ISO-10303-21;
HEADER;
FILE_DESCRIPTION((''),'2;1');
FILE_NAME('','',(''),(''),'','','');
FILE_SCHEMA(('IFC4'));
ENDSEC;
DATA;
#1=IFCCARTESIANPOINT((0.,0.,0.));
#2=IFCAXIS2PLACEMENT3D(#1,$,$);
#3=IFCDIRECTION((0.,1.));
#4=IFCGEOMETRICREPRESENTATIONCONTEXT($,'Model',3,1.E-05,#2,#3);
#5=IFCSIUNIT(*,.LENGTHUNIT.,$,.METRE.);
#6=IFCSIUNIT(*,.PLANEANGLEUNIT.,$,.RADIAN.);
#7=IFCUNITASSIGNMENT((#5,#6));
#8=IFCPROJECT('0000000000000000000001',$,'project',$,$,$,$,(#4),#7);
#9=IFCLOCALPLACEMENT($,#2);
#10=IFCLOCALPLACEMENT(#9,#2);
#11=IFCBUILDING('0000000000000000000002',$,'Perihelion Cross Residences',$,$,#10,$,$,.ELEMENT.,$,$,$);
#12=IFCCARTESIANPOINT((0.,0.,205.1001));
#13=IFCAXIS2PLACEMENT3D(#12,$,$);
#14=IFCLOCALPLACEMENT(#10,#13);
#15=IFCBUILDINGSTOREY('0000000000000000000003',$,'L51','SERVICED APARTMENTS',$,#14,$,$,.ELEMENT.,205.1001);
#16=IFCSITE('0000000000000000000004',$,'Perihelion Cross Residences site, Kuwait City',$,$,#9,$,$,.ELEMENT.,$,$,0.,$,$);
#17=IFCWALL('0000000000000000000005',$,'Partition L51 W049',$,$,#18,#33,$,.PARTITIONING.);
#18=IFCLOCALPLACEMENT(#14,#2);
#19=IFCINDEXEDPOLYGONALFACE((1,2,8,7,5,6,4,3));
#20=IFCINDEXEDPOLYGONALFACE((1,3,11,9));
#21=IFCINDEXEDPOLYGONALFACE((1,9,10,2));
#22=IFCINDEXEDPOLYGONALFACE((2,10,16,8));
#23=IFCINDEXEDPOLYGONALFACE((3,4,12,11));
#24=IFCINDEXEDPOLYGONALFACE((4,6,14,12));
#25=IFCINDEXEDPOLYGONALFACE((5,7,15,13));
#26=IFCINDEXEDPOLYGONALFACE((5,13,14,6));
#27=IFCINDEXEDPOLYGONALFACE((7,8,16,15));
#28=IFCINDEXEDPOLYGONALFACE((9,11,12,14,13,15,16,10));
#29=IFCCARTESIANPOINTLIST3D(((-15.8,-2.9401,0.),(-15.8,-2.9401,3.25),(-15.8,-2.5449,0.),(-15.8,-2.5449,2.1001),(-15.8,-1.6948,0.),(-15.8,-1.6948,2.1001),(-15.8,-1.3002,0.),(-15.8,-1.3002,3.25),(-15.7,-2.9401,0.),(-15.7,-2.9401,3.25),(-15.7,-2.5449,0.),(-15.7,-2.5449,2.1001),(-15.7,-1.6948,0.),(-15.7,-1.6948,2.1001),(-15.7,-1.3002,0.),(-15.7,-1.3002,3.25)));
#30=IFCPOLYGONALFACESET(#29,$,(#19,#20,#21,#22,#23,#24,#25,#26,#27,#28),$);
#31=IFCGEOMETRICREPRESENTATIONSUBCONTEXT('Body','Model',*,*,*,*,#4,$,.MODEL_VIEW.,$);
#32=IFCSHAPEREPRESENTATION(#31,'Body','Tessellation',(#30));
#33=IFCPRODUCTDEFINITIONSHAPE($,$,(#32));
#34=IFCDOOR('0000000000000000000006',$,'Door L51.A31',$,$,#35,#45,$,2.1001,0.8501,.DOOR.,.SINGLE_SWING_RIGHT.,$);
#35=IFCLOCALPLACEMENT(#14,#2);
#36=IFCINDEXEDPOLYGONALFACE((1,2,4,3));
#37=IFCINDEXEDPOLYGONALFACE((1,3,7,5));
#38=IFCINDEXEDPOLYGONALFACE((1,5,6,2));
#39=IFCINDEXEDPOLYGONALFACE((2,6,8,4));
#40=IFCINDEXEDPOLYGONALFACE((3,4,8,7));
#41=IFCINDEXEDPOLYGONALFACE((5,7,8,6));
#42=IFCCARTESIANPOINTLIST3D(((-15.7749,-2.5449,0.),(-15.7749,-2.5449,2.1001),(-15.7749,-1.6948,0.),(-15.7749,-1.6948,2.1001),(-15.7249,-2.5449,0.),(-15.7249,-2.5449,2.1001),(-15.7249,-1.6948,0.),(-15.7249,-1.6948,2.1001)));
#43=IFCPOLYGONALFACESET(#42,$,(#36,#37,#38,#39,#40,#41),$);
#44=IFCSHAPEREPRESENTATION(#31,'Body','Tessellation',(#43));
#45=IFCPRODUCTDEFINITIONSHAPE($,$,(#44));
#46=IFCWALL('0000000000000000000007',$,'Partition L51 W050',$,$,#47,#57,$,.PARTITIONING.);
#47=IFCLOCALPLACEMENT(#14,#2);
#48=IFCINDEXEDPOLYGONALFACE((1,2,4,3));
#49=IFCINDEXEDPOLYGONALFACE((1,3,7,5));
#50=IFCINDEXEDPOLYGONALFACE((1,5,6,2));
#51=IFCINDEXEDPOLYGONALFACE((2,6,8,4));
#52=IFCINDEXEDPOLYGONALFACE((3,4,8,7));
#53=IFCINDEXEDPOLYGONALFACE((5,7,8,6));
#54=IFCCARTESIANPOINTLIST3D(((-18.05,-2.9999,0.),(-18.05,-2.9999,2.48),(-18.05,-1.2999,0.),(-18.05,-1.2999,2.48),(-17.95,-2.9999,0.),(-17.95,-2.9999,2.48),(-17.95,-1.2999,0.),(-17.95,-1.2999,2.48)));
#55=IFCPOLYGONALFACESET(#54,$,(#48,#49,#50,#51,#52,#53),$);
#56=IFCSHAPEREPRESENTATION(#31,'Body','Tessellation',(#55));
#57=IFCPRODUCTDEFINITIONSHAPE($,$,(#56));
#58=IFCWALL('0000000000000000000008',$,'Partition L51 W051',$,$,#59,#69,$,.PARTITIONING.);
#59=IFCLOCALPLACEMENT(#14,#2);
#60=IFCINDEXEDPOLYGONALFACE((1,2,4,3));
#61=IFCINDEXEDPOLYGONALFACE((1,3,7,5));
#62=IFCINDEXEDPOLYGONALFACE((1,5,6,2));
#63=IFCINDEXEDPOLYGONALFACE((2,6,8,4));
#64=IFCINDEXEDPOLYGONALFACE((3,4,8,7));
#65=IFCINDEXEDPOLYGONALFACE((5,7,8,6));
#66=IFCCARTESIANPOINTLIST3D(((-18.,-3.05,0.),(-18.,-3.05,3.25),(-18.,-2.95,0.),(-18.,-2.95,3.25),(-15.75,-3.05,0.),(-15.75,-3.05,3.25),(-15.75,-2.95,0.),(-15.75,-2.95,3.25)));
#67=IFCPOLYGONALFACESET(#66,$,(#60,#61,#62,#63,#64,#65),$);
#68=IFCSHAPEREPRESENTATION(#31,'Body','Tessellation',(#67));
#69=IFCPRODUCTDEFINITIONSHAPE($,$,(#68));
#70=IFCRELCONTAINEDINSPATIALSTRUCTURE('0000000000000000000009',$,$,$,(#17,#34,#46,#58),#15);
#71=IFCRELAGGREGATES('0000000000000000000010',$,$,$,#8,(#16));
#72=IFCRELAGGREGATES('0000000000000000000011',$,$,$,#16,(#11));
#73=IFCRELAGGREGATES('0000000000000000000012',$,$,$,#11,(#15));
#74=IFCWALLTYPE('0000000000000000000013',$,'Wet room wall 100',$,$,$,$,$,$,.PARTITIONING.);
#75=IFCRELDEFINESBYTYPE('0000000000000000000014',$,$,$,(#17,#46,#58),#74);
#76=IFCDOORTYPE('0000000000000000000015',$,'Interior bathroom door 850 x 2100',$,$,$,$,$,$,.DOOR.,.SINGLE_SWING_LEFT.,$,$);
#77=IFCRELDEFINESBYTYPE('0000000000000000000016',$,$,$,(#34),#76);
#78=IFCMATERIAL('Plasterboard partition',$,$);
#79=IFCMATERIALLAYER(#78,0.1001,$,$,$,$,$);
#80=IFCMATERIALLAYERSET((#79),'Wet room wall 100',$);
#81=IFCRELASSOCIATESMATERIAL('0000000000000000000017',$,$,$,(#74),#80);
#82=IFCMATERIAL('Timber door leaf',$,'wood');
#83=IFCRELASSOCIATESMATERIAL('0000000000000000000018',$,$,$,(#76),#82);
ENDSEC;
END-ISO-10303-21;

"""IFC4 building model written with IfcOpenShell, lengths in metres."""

from ifc_helpers import new_model, si_unit, direction, frame, frame_2d, origin, place, context, subcontext, project, spatial, rectangle, extrude, material, layer, layer_set, type_object, element, fill, save


model = new_model("IFC4")

# Units and contexts
model_context = context("Model", 3, precision=1e-05, world=origin(), true_north=direction((0.0, 1.0)))
body_context = subcontext(model_context, "Body", "Model", "MODEL_VIEW")
ifc_project = project(units=[si_unit("LENGTHUNIT", "METRE"), si_unit("PLANEANGLEUNIT", "RADIAN")], contexts=[model_context])

# Site, building, storey
site_placement = place(None, origin())
site = spatial("IfcSite", under=ifc_project, at=site_placement, Name="Perihelion Cross Residences site, Kuwait City", CompositionType="ELEMENT", RefElevation=0.0)
building_placement = place(site_placement, origin())
building = spatial("IfcBuilding", under=site, at=building_placement, Name="Perihelion Cross Residences", CompositionType="ELEMENT")
storey_placement = place(building_placement, frame((0.0, 0.0, 205.1001)))
storey = spatial("IfcBuildingStorey", under=building, at=storey_placement, Name="L51", Description="SERVICED APARTMENTS", CompositionType="ELEMENT", Elevation=205.1001)

# Shared definitions
ifc_material_1 = material(Name="Plasterboard partition")
ifc_layer_1 = layer(ifc_material_1, 0.1001)
ifc_layer_set_1 = layer_set([ifc_layer_1], Name="Wet room wall 100")
wall_type_1 = type_object("IfcWallType", Name="Wet room wall 100", PredefinedType="PARTITIONING", material=ifc_layer_set_1)

# Wall, opening, door
wall_1_placement = place(storey_placement, frame((-15.75, -2.9399, 0.0), z_axis=(0.0, 0.0, 1.0), x_axis=(0.0, 1.0, 0.0)))
wall_1 = element("IfcWall", 1, at=wall_1_placement, inside=storey, type_object=wall_type_1, Name="Partition L51 W049", PredefinedType="PARTITIONING", context=body_context, shape_type="SweptSolid", body=[
    extrude(rectangle(XDim=1.6399, YDim=0.1001, at=frame_2d((0.8198, 0.0))), origin(), (0.0, 0.0, 1.0), 3.25),
])
opening_1_placement = place(wall_1_placement, frame((0.395, 0.0, 0.0)))
opening_1 = element("IfcOpeningElement", 2, at=opening_1_placement, cuts=wall_1, PredefinedType="OPENING", context=body_context, shape_type="SweptSolid", body=[
    extrude(rectangle(XDim=0.8501, YDim=2.1001, at=frame_2d((0.425, 1.05))), frame((0.0, 0.0601, 0.0), z_axis=(0.0, -1.0, 0.0), x_axis=(1.0, 0.0, 0.0)), (0.0, 0.0, 1.0), 0.1201),
])
ifc_material_2 = material(Name="Timber door leaf", Category="wood")
door_type_1 = type_object("IfcDoorType", Name="Interior bathroom door 850 x 2100", OperationType="SINGLE_SWING_LEFT", PredefinedType="DOOR", material=ifc_material_2)
door_1_placement = place(opening_1_placement, origin())
door_1 = element("IfcDoor", 3, at=door_1_placement, inside=storey, type_object=door_type_1, Name="Door L51.A31", OperationType="SINGLE_SWING_RIGHT", OverallHeight=2.1001, OverallWidth=0.8501, PredefinedType="DOOR", context=body_context, shape_type="SweptSolid", body=[
    extrude(rectangle(XDim=0.8501, YDim=2.1001, at=frame_2d((0.425, 1.05))), frame((0.0, 0.0249, 0.0), z_axis=(0.0, -1.0, 0.0), x_axis=(1.0, 0.0, 0.0)), (0.0, 0.0, 1.0), 0.05),
])
fill(opening_1, door_1)

# Walls
wall_2_placement = place(storey_placement, frame((-18.0, -3.0, 0.0), z_axis=(0.0, 0.0, 1.0), x_axis=(0.0, 1.0, 0.0)))
element("IfcWall", 4, at=wall_2_placement, inside=storey, type_object=wall_type_1, Name="Partition L51 W050", PredefinedType="PARTITIONING", context=body_context, shape_type="SweptSolid", body=[
    extrude(rectangle(XDim=1.7, YDim=0.1001, at=frame_2d((0.8501, 0.0))), origin(), (0.0, 0.0, 1.0), 2.48),
])
wall_3_placement = place(storey_placement, frame((-15.75, -3.0, 0.0), z_axis=(0.0, 0.0, 1.0), x_axis=(-1.0, 0.0, 0.0)))
element("IfcWall", 5, at=wall_3_placement, inside=storey, type_object=wall_type_1, Name="Partition L51 W051", PredefinedType="PARTITIONING", context=body_context, shape_type="SweptSolid", body=[
    extrude(rectangle(XDim=2.25, YDim=0.1001, at=frame_2d((1.125, 0.0))), origin(), (0.0, 0.0, 1.0), 3.25),
])

save(model, "model.ifc")
